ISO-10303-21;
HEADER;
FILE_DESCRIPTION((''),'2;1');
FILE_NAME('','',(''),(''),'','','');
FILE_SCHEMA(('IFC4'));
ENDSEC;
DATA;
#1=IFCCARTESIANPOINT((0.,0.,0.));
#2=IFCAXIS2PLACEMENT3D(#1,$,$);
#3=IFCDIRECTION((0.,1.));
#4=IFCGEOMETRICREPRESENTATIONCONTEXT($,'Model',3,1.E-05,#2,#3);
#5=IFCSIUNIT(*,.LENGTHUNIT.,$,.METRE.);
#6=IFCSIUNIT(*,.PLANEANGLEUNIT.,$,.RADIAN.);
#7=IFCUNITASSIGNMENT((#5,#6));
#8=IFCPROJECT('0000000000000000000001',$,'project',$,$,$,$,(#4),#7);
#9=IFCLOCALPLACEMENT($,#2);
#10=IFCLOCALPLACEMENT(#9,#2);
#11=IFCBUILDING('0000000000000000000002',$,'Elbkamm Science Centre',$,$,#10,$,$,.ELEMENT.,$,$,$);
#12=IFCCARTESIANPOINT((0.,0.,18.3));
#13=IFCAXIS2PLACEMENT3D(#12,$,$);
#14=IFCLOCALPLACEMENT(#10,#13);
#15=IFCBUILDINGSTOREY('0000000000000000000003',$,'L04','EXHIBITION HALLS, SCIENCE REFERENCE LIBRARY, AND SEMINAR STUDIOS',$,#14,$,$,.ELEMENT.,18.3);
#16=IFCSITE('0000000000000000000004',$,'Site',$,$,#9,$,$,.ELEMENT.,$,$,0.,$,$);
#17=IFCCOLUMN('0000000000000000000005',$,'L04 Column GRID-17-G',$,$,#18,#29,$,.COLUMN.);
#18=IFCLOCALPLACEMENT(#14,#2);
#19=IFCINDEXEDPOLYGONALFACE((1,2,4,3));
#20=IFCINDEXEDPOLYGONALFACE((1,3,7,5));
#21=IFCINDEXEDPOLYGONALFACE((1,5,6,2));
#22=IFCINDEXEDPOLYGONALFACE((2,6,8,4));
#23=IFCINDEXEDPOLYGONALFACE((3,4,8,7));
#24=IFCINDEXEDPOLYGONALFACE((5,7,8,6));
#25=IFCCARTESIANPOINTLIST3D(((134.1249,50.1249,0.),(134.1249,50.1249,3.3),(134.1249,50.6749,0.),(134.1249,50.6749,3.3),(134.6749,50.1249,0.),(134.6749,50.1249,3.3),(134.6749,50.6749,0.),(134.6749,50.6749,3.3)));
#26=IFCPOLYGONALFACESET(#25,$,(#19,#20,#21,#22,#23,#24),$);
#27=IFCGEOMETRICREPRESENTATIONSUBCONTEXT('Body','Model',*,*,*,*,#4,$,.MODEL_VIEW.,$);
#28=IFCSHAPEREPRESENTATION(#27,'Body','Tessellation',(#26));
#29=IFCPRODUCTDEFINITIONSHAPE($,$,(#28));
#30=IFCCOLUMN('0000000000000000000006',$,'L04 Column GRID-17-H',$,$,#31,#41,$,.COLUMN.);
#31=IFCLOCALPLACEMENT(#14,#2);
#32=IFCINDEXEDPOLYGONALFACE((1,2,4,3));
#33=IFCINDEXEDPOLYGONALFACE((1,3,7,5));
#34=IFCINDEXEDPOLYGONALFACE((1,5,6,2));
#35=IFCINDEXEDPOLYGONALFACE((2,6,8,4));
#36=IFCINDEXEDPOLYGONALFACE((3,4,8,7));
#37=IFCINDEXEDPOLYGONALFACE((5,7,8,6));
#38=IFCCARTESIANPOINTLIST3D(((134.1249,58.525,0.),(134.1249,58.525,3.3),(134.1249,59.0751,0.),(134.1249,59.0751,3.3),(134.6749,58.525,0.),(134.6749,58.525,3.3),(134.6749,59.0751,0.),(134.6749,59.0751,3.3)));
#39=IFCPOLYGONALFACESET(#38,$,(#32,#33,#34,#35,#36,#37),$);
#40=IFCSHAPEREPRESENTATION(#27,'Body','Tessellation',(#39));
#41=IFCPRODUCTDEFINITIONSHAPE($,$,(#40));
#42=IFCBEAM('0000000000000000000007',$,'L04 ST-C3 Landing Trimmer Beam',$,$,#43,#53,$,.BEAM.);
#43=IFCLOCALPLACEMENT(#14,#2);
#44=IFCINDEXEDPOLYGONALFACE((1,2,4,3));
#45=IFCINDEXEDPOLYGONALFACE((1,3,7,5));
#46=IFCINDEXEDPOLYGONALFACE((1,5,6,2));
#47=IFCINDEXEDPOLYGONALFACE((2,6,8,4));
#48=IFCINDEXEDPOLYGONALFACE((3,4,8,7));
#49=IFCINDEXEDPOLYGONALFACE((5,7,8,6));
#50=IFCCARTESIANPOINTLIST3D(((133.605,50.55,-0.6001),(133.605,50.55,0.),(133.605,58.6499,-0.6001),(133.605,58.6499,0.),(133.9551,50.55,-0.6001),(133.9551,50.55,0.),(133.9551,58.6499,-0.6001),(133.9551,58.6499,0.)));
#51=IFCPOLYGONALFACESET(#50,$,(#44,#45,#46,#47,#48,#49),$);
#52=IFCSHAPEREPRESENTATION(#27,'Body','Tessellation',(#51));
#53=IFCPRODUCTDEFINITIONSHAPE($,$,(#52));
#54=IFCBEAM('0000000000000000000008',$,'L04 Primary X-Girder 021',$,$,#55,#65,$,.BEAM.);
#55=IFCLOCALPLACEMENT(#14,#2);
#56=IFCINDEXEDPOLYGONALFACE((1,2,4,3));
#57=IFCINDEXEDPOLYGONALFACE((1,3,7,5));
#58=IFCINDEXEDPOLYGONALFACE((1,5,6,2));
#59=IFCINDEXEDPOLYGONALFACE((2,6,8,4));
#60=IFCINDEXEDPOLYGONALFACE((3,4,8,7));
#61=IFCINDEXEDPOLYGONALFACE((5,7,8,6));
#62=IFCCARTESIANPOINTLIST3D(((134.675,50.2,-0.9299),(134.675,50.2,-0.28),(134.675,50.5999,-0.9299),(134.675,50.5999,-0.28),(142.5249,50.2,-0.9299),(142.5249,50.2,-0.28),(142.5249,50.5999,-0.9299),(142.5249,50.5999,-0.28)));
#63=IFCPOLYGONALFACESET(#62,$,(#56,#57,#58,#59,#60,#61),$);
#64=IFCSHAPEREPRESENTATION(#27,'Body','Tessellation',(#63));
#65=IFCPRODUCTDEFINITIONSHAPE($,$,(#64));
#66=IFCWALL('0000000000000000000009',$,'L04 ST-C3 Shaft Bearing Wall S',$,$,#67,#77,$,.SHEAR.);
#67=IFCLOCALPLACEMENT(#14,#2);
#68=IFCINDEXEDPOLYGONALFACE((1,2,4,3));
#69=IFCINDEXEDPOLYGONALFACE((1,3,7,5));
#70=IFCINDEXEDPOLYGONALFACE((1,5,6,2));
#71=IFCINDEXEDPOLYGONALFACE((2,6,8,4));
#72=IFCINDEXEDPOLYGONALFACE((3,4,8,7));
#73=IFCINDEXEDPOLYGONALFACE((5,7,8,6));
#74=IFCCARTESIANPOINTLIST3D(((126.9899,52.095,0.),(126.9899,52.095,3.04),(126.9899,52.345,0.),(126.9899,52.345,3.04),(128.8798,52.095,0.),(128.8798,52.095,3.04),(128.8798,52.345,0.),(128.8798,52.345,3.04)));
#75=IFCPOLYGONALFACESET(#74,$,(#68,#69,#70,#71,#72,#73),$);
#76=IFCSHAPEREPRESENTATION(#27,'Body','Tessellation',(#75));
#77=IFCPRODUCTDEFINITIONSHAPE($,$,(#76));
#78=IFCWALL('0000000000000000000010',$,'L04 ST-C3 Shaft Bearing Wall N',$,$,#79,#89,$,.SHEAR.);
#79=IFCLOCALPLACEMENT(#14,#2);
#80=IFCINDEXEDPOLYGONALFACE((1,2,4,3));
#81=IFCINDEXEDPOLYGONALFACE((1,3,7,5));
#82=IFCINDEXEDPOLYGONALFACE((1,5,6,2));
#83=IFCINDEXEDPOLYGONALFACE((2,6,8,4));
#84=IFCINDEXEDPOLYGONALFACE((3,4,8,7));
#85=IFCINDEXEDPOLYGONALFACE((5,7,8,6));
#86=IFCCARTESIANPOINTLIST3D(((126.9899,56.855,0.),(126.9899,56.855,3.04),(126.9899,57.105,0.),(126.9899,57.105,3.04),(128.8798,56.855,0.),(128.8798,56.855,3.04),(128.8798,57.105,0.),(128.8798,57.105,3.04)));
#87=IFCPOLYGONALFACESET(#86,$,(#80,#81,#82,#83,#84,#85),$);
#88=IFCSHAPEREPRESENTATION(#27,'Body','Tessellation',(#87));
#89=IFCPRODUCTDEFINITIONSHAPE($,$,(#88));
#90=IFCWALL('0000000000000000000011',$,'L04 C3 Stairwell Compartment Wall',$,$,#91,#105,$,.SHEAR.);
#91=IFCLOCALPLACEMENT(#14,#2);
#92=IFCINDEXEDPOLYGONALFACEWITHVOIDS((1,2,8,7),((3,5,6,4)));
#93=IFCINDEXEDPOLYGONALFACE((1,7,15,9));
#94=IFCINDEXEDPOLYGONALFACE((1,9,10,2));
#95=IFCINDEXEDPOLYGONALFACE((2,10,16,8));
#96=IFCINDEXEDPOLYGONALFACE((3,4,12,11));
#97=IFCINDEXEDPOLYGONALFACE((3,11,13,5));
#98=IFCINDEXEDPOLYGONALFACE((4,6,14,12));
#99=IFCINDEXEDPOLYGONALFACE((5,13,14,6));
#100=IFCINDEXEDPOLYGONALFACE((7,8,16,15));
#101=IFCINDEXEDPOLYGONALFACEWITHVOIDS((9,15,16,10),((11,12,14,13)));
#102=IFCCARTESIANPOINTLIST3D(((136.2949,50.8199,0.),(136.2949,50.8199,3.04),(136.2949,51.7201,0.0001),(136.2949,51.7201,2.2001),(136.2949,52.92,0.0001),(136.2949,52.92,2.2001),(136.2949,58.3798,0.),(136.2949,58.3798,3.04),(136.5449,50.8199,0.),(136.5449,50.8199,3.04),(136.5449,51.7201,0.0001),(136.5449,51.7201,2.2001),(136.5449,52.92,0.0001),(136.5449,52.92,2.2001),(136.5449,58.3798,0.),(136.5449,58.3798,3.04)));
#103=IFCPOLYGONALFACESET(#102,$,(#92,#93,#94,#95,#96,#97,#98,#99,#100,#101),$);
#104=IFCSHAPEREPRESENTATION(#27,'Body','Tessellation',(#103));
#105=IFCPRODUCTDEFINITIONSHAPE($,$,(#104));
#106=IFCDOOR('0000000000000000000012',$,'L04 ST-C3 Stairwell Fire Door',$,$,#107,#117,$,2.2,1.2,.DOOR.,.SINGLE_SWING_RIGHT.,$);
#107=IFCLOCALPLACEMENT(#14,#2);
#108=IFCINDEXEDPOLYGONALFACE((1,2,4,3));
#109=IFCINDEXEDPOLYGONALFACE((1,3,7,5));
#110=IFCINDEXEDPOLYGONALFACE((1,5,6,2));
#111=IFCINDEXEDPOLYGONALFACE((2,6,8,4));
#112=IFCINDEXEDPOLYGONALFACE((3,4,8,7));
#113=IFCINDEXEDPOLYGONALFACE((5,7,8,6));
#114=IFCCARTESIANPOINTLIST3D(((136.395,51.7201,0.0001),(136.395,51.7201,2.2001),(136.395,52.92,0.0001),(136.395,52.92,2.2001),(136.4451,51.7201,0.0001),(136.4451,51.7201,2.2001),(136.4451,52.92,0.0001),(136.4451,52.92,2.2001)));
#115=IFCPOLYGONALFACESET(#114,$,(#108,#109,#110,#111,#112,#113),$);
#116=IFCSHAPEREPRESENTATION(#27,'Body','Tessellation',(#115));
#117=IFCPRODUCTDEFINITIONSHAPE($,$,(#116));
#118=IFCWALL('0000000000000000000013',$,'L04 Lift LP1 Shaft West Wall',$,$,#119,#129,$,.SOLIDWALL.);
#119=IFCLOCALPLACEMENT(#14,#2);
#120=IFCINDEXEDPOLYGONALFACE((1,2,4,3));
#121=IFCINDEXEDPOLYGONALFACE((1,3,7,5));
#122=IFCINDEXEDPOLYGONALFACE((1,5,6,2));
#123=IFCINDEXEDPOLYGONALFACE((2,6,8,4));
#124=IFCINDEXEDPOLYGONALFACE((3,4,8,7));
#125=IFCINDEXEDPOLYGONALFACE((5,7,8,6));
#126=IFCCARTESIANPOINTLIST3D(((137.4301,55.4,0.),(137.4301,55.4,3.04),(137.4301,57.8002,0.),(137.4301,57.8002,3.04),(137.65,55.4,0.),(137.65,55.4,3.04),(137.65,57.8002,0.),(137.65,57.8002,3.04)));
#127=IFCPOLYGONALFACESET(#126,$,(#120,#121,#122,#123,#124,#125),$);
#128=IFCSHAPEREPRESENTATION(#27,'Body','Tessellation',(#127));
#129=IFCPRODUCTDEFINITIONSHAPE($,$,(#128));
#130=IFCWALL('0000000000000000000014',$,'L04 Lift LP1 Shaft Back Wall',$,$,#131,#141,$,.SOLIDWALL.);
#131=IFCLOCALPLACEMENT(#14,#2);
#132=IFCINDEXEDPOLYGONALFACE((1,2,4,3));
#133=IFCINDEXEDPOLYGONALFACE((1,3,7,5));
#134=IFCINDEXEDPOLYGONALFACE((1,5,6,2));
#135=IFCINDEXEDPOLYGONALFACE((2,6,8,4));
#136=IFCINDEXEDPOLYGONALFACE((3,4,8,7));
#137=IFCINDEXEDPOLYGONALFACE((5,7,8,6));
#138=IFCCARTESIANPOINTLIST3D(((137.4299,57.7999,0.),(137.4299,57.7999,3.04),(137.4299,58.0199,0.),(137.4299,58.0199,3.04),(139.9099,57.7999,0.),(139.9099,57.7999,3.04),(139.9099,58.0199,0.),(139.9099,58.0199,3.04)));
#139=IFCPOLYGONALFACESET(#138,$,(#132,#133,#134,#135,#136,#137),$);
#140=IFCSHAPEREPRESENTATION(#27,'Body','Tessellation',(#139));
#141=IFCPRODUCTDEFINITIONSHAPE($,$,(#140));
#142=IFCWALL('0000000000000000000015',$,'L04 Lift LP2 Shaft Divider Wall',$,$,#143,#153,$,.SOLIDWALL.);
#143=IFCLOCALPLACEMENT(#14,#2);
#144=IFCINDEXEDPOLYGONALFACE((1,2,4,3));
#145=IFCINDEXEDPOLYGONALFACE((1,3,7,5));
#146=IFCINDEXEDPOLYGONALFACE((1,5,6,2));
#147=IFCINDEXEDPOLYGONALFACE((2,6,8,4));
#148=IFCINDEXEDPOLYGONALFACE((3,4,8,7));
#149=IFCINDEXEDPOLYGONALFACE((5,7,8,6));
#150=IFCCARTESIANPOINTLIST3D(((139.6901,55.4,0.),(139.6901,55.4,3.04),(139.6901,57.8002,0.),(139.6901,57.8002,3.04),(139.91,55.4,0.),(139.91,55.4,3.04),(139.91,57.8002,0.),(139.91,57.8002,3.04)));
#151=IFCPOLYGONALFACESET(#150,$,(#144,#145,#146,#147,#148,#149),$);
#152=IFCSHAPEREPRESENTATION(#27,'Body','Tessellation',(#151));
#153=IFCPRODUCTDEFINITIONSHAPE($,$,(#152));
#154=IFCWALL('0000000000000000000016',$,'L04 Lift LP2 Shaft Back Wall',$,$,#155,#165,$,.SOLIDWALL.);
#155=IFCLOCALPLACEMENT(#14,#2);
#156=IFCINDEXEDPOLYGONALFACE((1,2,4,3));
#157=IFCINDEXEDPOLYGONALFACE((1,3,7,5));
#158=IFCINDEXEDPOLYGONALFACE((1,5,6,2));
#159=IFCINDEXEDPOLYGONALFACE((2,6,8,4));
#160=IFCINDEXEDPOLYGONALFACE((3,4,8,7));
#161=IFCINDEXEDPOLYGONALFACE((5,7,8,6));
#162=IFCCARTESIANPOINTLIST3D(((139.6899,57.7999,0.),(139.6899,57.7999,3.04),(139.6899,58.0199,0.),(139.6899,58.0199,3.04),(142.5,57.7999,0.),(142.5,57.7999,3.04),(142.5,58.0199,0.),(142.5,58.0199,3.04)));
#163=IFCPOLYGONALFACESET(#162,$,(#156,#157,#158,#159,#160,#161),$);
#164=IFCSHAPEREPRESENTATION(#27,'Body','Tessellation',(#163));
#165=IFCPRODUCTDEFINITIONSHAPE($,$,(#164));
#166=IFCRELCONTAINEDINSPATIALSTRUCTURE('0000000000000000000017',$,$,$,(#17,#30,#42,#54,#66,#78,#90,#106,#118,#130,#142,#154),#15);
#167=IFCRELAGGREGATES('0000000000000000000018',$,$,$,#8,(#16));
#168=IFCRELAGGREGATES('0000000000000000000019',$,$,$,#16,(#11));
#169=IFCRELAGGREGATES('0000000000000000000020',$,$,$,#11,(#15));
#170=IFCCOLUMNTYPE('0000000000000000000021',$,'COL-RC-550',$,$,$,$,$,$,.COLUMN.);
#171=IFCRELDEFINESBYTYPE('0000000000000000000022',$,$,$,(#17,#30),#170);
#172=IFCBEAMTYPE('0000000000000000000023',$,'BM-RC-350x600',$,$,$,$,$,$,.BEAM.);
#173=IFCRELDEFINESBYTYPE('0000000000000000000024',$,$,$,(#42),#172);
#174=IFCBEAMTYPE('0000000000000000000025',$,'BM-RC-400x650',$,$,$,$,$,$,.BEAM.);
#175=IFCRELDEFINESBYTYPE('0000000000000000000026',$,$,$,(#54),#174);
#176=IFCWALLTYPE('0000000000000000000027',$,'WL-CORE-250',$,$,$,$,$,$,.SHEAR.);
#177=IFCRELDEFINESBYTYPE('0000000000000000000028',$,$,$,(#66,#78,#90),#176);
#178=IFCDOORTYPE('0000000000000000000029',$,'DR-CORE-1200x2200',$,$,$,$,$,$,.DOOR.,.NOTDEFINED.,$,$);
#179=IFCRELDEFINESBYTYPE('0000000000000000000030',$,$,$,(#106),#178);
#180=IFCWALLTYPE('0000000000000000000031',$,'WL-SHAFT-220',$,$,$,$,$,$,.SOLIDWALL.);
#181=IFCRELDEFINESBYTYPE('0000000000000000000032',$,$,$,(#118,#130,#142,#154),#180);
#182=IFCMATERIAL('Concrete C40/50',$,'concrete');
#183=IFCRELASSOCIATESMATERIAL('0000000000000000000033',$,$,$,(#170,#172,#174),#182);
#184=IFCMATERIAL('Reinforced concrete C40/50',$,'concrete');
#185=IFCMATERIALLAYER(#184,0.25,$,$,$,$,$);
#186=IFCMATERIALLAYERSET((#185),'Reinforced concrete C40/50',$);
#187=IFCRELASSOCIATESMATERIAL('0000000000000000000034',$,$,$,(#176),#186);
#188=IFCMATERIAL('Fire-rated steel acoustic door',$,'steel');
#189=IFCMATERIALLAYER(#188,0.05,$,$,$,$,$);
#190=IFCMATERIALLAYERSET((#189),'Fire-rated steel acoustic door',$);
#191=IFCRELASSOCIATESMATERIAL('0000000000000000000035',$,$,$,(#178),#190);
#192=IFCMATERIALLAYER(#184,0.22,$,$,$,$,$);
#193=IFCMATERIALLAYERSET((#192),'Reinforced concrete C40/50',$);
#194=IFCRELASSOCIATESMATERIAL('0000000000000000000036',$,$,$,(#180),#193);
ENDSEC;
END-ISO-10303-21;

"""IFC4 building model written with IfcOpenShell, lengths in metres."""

from ifc_helpers import new_model, si_unit, direction, frame, frame_2d, origin, origin_2d, place, context, subcontext, project, spatial, rectangle, extrude, material, layer, layer_set, material_profile, profile_set, type_object, element, fill, save


model = new_model("IFC4")

# Units and contexts
model_context = context("Model", 3, precision=1e-05, world=origin(), true_north=direction((0.0, 1.0)))
body_context = subcontext(model_context, "Body", "Model", "MODEL_VIEW")
ifc_project = project(units=[si_unit("LENGTHUNIT", "METRE"), si_unit("PLANEANGLEUNIT", "RADIAN")], contexts=[model_context])

# Site, building, storey
site_placement = place(None, origin())
site = spatial("IfcSite", under=ifc_project, at=site_placement, Name="Site", CompositionType="ELEMENT", RefElevation=0.0)
building_placement = place(site_placement, origin())
building = spatial("IfcBuilding", under=site, at=building_placement, Name="Elbkamm Science Centre", CompositionType="ELEMENT")
storey_placement = place(building_placement, frame((0.0, 0.0, 18.3)))
storey = spatial("IfcBuildingStorey", under=building, at=storey_placement, Name="L04", Description="EXHIBITION HALLS, SCIENCE REFERENCE LIBRARY, AND SEMINAR STUDIOS", CompositionType="ELEMENT", Elevation=18.3)

# Columns
ifc_material_1 = material(Name="Concrete C40/50", Category="concrete")
ifc_material_profile_1 = material_profile(ifc_material_1, rectangle(XDim=0.55, YDim=0.55, at=origin_2d()), Name="RC 550x550")
ifc_profile_set_1 = profile_set([ifc_material_profile_1], Name="Concrete C40/50")
column_type = type_object("IfcColumnType", Name="COL-RC-550", PredefinedType="COLUMN", material=ifc_profile_set_1)
for number, where, z_axis, x_axis, name in (
    (1, (134.3999, 50.3999, 0.0), (0.0, 0.0, 1.0), (1.0, 0.0, 0.0), "L04 Column GRID-17-G"),
    (2, (134.3999, 58.8, 0.0), (0.0, 0.0, 1.0), (1.0, 0.0, 0.0), "L04 Column GRID-17-H"),
):
    element("IfcColumn", number, at=place(storey_placement, frame(where, z_axis=z_axis, x_axis=x_axis)), inside=storey, type_object=column_type, Name=name, PredefinedType="COLUMN", context=body_context, shape_type="SweptSolid", body=[
        extrude(rectangle(XDim=0.55, YDim=0.55, at=origin_2d()), origin(), (0.0, 0.0, 1.0), 3.3),
    ])

# Beams
ifc_material_profile_2 = material_profile(ifc_material_1, rectangle(XDim=0.3501, YDim=0.6001, at=origin_2d()), Name="RC 350x600")
ifc_profile_set_2 = profile_set([ifc_material_profile_2], Name="Concrete C40/50")
beam_type_1 = type_object("IfcBeamType", Name="BM-RC-350x600", PredefinedType="BEAM", material=ifc_profile_set_2)
beam_1_placement = place(storey_placement, frame((133.78, 50.55, -0.3), z_axis=(0.0, 1.0, 0.0), x_axis=(-1.0, 0.0, 0.0)))
element("IfcBeam", 3, at=beam_1_placement, inside=storey, type_object=beam_type_1, Name="L04 ST-C3 Landing Trimmer Beam", PredefinedType="BEAM", context=body_context, shape_type="SweptSolid", body=[
    extrude(rectangle(XDim=0.3501, YDim=0.6001, at=origin_2d()), origin(), (0.0, 0.0, 1.0), 8.0999),
])
ifc_material_profile_3 = material_profile(ifc_material_1, rectangle(XDim=0.3999, YDim=0.6499, at=origin_2d()), Name="RC 400x650")
ifc_profile_set_3 = profile_set([ifc_material_profile_3], Name="Concrete C40/50")
beam_type_2 = type_object("IfcBeamType", Name="BM-RC-400x650", PredefinedType="BEAM", material=ifc_profile_set_3)
beam_2_placement = place(storey_placement, frame((134.675, 50.3999, -0.605), z_axis=(1.0, 0.0, 0.0), x_axis=(0.0, 1.0, 0.0)))
element("IfcBeam", 4, at=beam_2_placement, inside=storey, type_object=beam_type_2, Name="L04 Primary X-Girder 021", PredefinedType="BEAM", context=body_context, shape_type="SweptSolid", body=[
    extrude(rectangle(XDim=0.3999, YDim=0.6499, at=origin_2d()), origin(), (0.0, 0.0, 1.0), 7.8499),
])

# Walls
ifc_material_2 = material(Name="Reinforced concrete C40/50", Category="concrete")
ifc_layer_1 = layer(ifc_material_2, 0.25)
ifc_layer_set_1 = layer_set([ifc_layer_1], Name="Reinforced concrete C40/50")
wall_type_1 = type_object("IfcWallType", Name="WL-CORE-250", PredefinedType="SHEAR", material=ifc_layer_set_1)
for number, where, z_axis, x_axis, name in (
    (5, (126.99, 52.22, 0.0), (0.0, 0.0, 1.0), (1.0, 0.0, 0.0), "L04 ST-C3 Shaft Bearing Wall S"),
    (6, (126.99, 56.98, 0.0), (0.0, 0.0, 1.0), (1.0, 0.0, 0.0), "L04 ST-C3 Shaft Bearing Wall N"),
):
    element("IfcWall", number, at=place(storey_placement, frame(where, z_axis=z_axis, x_axis=x_axis)), inside=storey, type_object=wall_type_1, Name=name, PredefinedType="SHEAR", context=body_context, shape_type="SweptSolid", body=[
        extrude(rectangle(XDim=1.8899, YDim=0.25, at=frame_2d((0.9448, 0.0))), origin(), (0.0, 0.0, 1.0), 3.04),
    ])

# Wall, opening, door
wall_1_placement = place(storey_placement, frame((136.4199, 50.8201, 0.0), z_axis=(0.0, 0.0, 1.0), x_axis=(0.0, 1.0, 0.0)))
wall_1 = element("IfcWall", 7, at=wall_1_placement, inside=storey, type_object=wall_type_1, Name="L04 C3 Stairwell Compartment Wall", PredefinedType="SHEAR", context=body_context, shape_type="SweptSolid", body=[
    extrude(rectangle(XDim=7.5598, YDim=0.25, at=frame_2d((3.7798, 0.0))), origin(), (0.0, 0.0, 1.0), 3.04),
])
opening_1_placement = place(wall_1_placement, frame((0.8999, 0.0, 0.0)))
opening_1 = element("IfcOpeningElement", 8, at=opening_1_placement, cuts=wall_1, PredefinedType="OPENING", context=body_context, shape_type="SweptSolid", body=[
    extrude(rectangle(XDim=1.2, YDim=2.2, at=frame_2d((0.6001, 1.1001))), frame((0.0, 0.137, 0.0), z_axis=(0.0, -1.0, 0.0), x_axis=(1.0, 0.0, 0.0)), (0.0, 0.0, 1.0), 0.2739),
])
ifc_material_3 = material(Name="Fire-rated steel acoustic door", Category="steel")
ifc_layer_2 = layer(ifc_material_3, 0.05)
ifc_layer_set_2 = layer_set([ifc_layer_2], Name="Fire-rated steel acoustic door")
door_type_1 = type_object("IfcDoorType", Name="DR-CORE-1200x2200", OperationType="NOTDEFINED", PredefinedType="DOOR", material=ifc_layer_set_2)
door_1_placement = place(opening_1_placement, origin())
door_1 = element("IfcDoor", 9, at=door_1_placement, inside=storey, type_object=door_type_1, Name="L04 ST-C3 Stairwell Fire Door", OperationType="SINGLE_SWING_RIGHT", OverallHeight=2.2, OverallWidth=1.2, PredefinedType="DOOR", context=body_context, shape_type="SweptSolid", body=[
    extrude(rectangle(XDim=1.2, YDim=2.2, at=frame_2d((0.6001, 1.1001))), frame((0.0, 0.0249, 0.0), z_axis=(0.0, -1.0, 0.0), x_axis=(1.0, 0.0, 0.0)), (0.0, 0.0, 1.0), 0.05),
])
fill(opening_1, door_1)

# Walls
ifc_layer_3 = layer(ifc_material_2, 0.22)
ifc_layer_set_3 = layer_set([ifc_layer_3], Name="Reinforced concrete C40/50")
wall_type_2 = type_object("IfcWallType", Name="WL-SHAFT-220", PredefinedType="SOLIDWALL", material=ifc_layer_set_3)
wall_2_placement = place(storey_placement, frame((137.54, 55.3999, 0.0), z_axis=(0.0, 0.0, 1.0), x_axis=(0.0, 1.0, 0.0)))
element("IfcWall", 10, at=wall_2_placement, inside=storey, type_object=wall_type_2, Name="L04 Lift LP1 Shaft West Wall", PredefinedType="SOLIDWALL", context=body_context, shape_type="SweptSolid", body=[
    extrude(rectangle(XDim=2.4001, YDim=0.22, at=frame_2d((1.2002, 0.0))), origin(), (0.0, 0.0, 1.0), 3.04),
])
wall_3_placement = place(storey_placement, frame((137.4299, 57.9099, 0.0), z_axis=(0.0, 0.0, 1.0), x_axis=(1.0, 0.0, 0.0)))
element("IfcWall", 11, at=wall_3_placement, inside=storey, type_object=wall_type_2, Name="L04 Lift LP1 Shaft Back Wall", PredefinedType="SOLIDWALL", context=body_context, shape_type="SweptSolid", body=[
    extrude(rectangle(XDim=2.48, YDim=0.22, at=frame_2d((1.24, 0.0))), origin(), (0.0, 0.0, 1.0), 3.04),
])

# Walls
wall_4_placement = place(storey_placement, frame((139.8, 55.3999, 0.0), z_axis=(0.0, 0.0, 1.0), x_axis=(0.0, 1.0, 0.0)))
element("IfcWall", 12, at=wall_4_placement, inside=storey, type_object=wall_type_2, Name="L04 Lift LP2 Shaft Divider Wall", PredefinedType="SOLIDWALL", context=body_context, shape_type="SweptSolid", body=[
    extrude(rectangle(XDim=2.4001, YDim=0.22, at=frame_2d((1.2002, 0.0))), origin(), (0.0, 0.0, 1.0), 3.04),
])
wall_5_placement = place(storey_placement, frame((139.6899, 57.9099, 0.0), z_axis=(0.0, 0.0, 1.0), x_axis=(1.0, 0.0, 0.0)))
element("IfcWall", 13, at=wall_5_placement, inside=storey, type_object=wall_type_2, Name="L04 Lift LP2 Shaft Back Wall", PredefinedType="SOLIDWALL", context=body_context, shape_type="SweptSolid", body=[
    extrude(rectangle(XDim=2.8101, YDim=0.22, at=frame_2d((1.405, 0.0))), origin(), (0.0, 0.0, 1.0), 3.04),
])

save(model, "model.ifc")
